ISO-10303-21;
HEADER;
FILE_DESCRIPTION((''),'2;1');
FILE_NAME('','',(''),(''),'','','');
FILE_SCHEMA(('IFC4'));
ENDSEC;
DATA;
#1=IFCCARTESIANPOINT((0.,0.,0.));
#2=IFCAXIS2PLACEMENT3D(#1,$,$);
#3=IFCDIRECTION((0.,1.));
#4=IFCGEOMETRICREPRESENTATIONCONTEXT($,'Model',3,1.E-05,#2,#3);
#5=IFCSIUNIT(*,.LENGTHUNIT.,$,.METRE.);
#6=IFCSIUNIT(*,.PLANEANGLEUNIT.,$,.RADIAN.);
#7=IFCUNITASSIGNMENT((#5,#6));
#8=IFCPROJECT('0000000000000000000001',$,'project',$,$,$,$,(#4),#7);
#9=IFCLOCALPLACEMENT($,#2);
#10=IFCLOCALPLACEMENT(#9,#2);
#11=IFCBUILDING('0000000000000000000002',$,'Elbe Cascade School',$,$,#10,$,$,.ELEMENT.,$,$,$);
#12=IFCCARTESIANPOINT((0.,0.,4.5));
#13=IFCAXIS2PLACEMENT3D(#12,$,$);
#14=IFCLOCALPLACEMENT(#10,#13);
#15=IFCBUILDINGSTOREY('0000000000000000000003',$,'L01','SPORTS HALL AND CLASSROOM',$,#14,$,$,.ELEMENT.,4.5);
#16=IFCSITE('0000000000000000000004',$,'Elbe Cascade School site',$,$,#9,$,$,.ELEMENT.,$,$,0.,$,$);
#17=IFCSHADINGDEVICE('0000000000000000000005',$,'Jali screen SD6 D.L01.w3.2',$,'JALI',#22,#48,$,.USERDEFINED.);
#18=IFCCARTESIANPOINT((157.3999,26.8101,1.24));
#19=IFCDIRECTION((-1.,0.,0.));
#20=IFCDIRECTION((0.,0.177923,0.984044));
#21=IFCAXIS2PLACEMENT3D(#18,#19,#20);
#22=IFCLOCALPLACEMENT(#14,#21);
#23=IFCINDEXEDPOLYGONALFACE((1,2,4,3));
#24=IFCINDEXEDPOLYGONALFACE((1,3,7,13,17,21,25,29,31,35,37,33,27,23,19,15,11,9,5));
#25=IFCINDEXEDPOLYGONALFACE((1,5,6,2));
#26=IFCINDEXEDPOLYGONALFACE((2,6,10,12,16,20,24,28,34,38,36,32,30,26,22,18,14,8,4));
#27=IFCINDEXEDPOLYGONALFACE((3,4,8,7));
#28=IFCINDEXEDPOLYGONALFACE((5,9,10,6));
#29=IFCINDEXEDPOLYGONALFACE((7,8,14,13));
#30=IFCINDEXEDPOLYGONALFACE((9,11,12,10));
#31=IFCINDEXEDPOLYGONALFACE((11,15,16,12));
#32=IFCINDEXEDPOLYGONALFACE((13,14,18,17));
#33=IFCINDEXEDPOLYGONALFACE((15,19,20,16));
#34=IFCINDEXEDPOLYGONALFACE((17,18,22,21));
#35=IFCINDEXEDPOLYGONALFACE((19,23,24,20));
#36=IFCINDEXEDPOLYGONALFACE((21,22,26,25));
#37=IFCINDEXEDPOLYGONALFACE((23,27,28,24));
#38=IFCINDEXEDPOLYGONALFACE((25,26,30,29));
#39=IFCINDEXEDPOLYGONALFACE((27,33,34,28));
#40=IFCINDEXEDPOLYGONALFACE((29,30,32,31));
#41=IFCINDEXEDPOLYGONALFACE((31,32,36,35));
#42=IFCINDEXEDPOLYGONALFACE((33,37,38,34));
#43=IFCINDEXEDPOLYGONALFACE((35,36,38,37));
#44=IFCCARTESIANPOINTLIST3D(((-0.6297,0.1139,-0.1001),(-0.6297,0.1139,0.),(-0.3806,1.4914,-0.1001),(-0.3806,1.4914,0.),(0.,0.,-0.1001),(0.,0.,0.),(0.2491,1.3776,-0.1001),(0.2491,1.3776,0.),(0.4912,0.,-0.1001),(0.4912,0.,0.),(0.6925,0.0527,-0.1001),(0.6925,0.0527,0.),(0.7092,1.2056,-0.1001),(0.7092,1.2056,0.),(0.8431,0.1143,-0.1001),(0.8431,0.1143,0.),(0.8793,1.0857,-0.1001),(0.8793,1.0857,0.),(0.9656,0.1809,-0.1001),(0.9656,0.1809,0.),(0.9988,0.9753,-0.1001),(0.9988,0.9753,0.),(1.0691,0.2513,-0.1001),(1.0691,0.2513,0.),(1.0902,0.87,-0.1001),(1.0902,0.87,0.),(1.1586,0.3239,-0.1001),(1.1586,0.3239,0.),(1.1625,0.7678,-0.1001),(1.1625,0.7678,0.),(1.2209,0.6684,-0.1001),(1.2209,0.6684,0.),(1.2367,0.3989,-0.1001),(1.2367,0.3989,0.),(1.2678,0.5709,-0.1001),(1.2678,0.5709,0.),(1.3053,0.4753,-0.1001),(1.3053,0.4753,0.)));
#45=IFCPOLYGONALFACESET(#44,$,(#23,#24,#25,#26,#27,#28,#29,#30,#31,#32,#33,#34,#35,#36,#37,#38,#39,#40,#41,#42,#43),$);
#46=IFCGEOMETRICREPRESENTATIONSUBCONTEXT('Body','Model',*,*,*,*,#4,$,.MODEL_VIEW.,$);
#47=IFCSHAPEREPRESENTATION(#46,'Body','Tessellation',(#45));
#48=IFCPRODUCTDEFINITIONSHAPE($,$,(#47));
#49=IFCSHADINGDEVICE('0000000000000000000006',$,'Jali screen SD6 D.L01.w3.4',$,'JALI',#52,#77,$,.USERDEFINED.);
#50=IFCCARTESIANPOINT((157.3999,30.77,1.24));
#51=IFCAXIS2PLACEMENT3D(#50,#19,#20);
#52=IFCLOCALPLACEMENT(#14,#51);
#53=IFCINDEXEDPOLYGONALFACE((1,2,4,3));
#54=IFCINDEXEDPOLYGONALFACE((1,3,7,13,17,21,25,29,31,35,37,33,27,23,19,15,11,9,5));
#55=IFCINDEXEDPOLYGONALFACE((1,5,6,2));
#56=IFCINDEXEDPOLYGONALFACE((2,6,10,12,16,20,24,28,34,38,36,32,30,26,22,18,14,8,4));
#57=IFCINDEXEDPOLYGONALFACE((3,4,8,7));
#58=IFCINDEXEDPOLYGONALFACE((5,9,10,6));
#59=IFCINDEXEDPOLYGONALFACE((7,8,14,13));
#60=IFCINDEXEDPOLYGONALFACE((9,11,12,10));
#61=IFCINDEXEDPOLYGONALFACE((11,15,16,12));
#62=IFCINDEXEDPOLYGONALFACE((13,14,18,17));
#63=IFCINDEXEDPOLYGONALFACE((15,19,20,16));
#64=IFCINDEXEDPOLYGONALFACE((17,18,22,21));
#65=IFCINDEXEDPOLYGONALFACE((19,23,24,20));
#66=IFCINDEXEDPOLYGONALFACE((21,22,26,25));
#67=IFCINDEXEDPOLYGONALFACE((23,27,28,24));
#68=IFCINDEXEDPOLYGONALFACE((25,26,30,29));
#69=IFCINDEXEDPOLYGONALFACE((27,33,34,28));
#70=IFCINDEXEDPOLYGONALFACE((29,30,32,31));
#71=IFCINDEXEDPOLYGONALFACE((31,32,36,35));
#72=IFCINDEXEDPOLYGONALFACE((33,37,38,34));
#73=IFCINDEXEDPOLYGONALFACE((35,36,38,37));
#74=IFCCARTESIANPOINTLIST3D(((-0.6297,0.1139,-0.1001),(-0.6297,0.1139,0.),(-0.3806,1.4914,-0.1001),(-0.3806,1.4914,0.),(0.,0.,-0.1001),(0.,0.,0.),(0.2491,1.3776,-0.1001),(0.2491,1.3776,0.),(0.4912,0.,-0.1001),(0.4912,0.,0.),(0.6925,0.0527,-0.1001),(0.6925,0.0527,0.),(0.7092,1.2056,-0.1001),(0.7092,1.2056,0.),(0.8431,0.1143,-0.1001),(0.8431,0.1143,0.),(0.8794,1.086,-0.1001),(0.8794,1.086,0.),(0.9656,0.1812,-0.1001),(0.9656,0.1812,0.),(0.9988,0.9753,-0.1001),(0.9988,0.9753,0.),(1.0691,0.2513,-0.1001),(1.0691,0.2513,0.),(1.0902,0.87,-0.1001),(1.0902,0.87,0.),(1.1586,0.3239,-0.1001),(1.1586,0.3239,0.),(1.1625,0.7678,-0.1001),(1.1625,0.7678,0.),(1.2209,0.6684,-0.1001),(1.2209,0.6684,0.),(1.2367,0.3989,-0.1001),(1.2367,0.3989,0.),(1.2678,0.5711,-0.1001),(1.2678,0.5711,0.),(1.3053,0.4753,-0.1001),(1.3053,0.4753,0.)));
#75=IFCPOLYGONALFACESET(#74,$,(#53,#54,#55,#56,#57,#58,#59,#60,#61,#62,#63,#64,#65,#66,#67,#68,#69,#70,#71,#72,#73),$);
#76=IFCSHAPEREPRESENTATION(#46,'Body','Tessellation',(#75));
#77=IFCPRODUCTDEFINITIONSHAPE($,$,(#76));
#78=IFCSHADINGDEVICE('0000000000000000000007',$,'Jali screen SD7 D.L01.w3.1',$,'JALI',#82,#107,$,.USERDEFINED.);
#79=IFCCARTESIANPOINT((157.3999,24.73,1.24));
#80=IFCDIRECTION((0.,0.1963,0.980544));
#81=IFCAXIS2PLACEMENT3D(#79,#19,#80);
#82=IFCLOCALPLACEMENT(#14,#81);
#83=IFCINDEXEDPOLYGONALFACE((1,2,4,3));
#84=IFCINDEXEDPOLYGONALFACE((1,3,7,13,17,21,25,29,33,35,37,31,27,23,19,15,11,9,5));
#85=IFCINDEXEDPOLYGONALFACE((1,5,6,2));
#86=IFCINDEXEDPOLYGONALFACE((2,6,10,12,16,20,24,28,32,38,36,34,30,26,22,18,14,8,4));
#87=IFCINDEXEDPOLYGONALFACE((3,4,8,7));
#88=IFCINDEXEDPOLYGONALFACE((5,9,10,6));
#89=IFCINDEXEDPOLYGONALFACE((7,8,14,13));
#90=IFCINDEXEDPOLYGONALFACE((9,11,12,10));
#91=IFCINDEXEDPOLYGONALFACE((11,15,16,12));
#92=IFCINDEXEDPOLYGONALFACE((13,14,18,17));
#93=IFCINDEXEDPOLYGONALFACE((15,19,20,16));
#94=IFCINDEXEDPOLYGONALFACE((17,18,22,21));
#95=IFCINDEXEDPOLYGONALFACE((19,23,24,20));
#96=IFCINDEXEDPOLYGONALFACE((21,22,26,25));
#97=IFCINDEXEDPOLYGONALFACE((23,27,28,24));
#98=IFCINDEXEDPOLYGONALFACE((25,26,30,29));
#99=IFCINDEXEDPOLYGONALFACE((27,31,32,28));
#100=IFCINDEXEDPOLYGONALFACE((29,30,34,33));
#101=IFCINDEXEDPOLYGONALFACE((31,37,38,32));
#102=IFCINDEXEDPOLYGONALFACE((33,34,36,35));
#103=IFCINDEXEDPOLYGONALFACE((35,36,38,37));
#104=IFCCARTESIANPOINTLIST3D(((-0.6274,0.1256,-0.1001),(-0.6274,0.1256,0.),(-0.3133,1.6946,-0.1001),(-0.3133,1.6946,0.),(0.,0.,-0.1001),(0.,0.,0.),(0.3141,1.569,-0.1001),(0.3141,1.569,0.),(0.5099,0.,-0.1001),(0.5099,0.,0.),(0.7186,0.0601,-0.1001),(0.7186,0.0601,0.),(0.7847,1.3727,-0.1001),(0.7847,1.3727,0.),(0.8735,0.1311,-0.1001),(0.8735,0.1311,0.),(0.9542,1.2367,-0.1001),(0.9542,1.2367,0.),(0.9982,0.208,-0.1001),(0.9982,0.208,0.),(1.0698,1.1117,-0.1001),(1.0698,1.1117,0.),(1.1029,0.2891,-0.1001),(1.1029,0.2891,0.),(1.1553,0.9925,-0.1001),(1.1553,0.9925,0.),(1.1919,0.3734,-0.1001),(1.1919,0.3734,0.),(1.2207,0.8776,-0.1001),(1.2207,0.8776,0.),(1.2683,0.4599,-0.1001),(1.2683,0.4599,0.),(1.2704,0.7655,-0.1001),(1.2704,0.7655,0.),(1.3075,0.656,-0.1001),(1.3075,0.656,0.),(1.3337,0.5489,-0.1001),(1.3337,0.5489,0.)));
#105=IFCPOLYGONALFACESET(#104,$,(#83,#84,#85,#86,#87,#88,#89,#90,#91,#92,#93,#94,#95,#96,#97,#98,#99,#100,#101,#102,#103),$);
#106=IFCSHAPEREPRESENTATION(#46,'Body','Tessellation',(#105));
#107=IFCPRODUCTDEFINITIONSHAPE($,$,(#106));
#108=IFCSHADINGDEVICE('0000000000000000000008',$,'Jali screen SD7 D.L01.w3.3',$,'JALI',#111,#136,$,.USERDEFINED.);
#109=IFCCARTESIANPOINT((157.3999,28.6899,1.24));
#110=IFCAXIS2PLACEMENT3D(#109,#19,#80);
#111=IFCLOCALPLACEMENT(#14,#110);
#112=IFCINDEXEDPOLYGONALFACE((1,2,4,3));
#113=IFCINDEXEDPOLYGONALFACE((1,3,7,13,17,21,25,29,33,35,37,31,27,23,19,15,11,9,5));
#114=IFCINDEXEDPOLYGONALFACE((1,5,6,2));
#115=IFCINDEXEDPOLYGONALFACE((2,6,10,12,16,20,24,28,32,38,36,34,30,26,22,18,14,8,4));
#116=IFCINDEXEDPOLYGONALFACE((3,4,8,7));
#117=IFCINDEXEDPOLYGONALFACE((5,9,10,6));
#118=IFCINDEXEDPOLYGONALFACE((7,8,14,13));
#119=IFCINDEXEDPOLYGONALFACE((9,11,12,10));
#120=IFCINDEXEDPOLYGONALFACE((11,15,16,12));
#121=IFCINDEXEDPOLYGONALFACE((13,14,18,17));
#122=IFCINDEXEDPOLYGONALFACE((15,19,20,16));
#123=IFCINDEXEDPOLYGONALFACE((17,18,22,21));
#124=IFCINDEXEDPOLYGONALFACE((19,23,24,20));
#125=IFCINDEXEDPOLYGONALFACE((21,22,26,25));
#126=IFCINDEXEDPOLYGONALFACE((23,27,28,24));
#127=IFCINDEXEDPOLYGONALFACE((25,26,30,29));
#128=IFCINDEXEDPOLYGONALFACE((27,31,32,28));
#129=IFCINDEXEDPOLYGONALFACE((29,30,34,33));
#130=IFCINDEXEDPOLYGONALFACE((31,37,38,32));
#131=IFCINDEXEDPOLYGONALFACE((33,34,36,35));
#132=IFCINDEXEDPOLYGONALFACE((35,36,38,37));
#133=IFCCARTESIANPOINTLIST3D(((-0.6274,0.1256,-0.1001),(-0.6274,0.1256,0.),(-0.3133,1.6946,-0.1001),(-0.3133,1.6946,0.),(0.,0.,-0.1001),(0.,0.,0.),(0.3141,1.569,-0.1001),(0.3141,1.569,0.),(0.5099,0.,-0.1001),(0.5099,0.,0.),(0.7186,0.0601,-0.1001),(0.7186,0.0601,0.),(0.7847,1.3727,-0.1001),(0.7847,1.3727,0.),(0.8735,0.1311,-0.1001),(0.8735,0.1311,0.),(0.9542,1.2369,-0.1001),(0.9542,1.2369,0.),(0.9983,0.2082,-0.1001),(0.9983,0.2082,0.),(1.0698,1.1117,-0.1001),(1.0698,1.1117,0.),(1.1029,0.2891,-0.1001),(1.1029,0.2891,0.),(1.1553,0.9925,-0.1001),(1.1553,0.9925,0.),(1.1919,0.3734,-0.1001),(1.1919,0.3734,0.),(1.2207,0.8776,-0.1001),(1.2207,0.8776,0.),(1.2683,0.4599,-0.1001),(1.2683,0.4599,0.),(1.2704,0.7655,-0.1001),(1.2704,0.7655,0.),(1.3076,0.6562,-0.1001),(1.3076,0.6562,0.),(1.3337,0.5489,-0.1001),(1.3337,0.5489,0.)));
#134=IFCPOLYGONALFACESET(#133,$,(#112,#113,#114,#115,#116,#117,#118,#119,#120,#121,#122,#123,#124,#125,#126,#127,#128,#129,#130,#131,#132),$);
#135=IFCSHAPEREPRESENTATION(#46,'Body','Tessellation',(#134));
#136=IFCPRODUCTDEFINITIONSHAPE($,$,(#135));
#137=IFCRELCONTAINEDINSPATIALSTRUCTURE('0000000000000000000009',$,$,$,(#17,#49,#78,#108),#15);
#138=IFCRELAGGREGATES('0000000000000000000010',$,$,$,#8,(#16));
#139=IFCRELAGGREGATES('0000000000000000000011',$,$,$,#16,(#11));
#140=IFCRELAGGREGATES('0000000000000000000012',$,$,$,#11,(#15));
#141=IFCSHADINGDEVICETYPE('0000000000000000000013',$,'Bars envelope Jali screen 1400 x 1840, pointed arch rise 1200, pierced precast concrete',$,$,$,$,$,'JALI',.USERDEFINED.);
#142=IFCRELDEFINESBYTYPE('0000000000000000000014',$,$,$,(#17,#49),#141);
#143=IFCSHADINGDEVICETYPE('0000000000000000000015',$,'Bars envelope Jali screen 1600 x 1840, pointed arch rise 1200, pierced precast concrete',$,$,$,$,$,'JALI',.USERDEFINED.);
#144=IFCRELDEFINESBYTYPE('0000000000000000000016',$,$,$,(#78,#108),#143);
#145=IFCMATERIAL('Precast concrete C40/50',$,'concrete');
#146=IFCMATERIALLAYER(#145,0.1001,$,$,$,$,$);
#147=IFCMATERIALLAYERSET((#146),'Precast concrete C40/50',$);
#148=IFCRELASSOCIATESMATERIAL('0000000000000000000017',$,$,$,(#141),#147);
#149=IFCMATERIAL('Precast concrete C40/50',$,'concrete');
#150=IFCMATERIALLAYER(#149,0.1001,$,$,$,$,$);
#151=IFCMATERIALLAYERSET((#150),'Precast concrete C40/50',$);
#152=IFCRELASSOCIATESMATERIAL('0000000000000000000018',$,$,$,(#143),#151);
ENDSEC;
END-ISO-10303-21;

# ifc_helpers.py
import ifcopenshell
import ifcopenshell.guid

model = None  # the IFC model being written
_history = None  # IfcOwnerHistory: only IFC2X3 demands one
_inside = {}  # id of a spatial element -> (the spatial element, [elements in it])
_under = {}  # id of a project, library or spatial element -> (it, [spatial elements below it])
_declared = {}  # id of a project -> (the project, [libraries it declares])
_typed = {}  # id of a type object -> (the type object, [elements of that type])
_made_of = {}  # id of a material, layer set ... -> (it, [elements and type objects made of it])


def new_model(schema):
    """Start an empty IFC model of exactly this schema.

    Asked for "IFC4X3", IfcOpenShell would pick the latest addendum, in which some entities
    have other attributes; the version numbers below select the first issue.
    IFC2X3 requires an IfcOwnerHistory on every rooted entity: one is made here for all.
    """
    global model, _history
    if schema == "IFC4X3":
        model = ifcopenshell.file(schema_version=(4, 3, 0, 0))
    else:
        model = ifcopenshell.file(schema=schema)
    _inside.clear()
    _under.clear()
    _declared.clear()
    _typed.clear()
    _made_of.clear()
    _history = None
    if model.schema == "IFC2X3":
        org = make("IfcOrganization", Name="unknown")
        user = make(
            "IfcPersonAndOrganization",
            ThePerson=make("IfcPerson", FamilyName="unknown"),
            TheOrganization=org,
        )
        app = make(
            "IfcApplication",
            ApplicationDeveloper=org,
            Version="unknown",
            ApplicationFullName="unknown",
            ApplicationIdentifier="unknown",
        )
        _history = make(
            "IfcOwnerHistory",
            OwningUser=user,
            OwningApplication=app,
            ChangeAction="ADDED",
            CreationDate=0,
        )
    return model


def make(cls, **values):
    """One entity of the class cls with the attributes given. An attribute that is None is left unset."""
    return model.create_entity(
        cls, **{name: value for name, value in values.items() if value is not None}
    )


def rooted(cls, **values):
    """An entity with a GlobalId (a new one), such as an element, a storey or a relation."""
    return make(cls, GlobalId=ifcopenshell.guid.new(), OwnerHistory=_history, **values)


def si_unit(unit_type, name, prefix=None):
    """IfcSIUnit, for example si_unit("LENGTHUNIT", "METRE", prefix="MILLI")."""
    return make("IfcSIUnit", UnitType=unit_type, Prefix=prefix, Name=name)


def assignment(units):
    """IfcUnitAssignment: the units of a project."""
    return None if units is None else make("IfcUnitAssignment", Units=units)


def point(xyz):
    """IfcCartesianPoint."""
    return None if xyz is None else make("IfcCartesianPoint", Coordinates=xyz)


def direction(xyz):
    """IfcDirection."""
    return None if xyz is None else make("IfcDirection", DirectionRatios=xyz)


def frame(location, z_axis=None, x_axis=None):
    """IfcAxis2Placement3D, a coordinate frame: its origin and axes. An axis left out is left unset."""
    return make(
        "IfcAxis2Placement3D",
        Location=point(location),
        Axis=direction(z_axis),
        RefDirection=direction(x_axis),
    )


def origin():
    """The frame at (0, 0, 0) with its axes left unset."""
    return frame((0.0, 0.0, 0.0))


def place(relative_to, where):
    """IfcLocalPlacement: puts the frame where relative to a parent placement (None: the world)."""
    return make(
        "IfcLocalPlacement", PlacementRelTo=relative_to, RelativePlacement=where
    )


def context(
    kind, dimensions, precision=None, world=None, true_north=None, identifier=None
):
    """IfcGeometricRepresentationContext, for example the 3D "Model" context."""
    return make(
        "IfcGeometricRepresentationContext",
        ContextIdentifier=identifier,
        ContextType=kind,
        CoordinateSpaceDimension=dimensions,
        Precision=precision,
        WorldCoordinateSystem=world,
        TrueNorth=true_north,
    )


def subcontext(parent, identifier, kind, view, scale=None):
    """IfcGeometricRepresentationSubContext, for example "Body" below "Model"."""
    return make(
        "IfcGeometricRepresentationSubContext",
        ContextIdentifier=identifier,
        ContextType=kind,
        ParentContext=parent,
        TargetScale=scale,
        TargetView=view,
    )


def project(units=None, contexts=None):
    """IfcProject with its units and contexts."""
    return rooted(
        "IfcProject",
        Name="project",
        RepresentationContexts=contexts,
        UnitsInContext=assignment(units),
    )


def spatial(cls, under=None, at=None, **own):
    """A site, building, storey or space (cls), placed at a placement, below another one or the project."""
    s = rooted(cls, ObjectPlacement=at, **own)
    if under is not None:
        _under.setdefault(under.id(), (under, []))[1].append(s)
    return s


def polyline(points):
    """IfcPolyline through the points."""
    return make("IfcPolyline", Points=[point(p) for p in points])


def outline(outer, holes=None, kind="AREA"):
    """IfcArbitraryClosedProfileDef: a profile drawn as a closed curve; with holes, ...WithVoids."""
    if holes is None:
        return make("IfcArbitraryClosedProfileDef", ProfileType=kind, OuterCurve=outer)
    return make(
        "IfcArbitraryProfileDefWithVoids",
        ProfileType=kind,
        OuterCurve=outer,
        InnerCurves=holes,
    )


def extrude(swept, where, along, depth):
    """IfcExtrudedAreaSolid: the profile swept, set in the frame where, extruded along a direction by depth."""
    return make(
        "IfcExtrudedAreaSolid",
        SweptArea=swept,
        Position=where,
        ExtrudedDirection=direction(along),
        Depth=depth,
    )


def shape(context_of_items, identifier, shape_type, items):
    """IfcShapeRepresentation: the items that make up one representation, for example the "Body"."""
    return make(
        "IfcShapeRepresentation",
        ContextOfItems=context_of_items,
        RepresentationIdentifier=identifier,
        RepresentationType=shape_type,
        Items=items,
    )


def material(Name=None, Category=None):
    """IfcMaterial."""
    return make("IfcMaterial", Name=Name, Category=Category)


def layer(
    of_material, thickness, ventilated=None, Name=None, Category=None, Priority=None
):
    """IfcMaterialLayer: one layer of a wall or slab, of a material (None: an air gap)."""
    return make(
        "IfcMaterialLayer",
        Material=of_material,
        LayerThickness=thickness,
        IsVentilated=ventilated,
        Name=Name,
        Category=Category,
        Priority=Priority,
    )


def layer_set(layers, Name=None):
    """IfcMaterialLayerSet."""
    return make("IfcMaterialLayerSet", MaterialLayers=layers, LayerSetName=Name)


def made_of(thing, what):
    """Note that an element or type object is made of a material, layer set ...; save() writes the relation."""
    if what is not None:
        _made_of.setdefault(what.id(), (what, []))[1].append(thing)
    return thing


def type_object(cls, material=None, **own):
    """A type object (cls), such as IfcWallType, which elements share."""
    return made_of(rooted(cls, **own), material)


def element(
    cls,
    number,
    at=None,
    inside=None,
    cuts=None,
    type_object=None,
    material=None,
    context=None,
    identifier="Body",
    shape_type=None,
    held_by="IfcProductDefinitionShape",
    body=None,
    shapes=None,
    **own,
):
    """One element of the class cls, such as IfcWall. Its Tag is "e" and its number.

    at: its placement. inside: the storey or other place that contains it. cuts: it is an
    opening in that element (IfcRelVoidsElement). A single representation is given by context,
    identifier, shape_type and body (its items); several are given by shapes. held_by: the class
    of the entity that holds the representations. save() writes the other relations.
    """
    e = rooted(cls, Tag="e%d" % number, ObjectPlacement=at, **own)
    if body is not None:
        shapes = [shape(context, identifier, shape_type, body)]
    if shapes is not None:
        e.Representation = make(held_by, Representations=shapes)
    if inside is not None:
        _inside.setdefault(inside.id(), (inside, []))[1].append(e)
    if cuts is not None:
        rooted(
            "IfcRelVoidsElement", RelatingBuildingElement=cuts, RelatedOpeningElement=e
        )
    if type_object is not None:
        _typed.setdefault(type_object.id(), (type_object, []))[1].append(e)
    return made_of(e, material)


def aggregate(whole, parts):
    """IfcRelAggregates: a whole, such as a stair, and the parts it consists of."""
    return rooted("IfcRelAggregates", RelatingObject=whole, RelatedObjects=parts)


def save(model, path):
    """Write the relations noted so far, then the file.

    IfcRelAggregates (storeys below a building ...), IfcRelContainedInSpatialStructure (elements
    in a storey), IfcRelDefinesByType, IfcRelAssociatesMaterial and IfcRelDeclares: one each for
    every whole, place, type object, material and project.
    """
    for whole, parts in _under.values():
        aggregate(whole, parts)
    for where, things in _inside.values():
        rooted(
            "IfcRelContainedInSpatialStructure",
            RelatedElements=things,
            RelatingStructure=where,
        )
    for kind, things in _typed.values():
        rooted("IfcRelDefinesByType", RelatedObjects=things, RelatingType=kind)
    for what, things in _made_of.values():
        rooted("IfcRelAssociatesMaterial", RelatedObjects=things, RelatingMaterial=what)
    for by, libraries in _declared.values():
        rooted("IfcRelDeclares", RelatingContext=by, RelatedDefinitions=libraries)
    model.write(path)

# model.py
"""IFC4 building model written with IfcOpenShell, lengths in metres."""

from ifc_helpers import new_model, si_unit, direction, frame, origin, place, context, subcontext, project, spatial, polyline, outline, extrude, material, layer, layer_set, type_object, element, save


model = new_model("IFC4")

# Units and contexts
model_context = context("Model", 3, precision=1e-05, world=origin(), true_north=direction((0.0, 1.0)))
body_context = subcontext(model_context, "Body", "Model", "MODEL_VIEW")
ifc_project = project(units=[si_unit("LENGTHUNIT", "METRE"), si_unit("PLANEANGLEUNIT", "RADIAN")], contexts=[model_context])

# Site, building, storey
site_placement = place(None, origin())
site = spatial("IfcSite", under=ifc_project, at=site_placement, Name="Elbe Cascade School site", CompositionType="ELEMENT", RefElevation=0.0)
building_placement = place(site_placement, origin())
building = spatial("IfcBuilding", under=site, at=building_placement, Name="Elbe Cascade School", CompositionType="ELEMENT")
storey_placement = place(building_placement, frame((0.0, 0.0, 4.5)))
storey = spatial("IfcBuildingStorey", under=building, at=storey_placement, Name="L01", Description="SPORTS HALL AND CLASSROOM", CompositionType="ELEMENT", Elevation=4.5)

# Shading devices
ifc_material_1 = material(Name="Precast concrete C40/50", Category="concrete")
ifc_layer_1 = layer(ifc_material_1, 0.1001)
ifc_layer_set_1 = layer_set([ifc_layer_1], Name="Precast concrete C40/50")
shading_device_type_1 = type_object("IfcShadingDeviceType", Name="Bars envelope Jali screen 1400 x 1840, pointed arch rise 1200, pierced precast concrete", ElementType="JALI", PredefinedType="USERDEFINED", material=ifc_layer_set_1)
shading_device_1_placement = place(storey_placement, frame((157.3999, 26.8101, 1.24), z_axis=(-1.0, 0.0, 0.0), x_axis=(0.0, 0.177923, 0.984044)))
element("IfcShadingDevice", 1, at=shading_device_1_placement, inside=storey, type_object=shading_device_type_1, Name="Jali screen SD6 D.L01.w3.2", ObjectType="JALI", PredefinedType="USERDEFINED", context=body_context, shape_type="SweptSolid", body=[
    extrude(outline(polyline([(0.0, 0.0), (0.4912, 0.0), (0.6925, 0.0527), (0.8431, 0.1143), (0.9656, 0.1809), (1.0691, 0.2513), (1.1586, 0.3239), (1.2367, 0.3989), (1.3053, 0.4753), (1.2678, 0.5709), (1.2209, 0.6684), (1.1625, 0.7678), (1.0902, 0.87), (0.9988, 0.9753), (0.8793, 1.0857), (0.7092, 1.2056), (0.2491, 1.3776), (-0.3806, 1.4914), (-0.6297, 0.1139), (0.0, 0.0)])), origin(), (0.0, 0.0, -1.0), 0.1001),
])
shading_device_2_placement = place(storey_placement, frame((157.3999, 30.77, 1.24), z_axis=(-1.0, 0.0, 0.0), x_axis=(0.0, 0.177923, 0.984044)))
element("IfcShadingDevice", 2, at=shading_device_2_placement, inside=storey, type_object=shading_device_type_1, Name="Jali screen SD6 D.L01.w3.4", ObjectType="JALI", PredefinedType="USERDEFINED", context=body_context, shape_type="SweptSolid", body=[
    extrude(outline(polyline([(0.0, 0.0), (0.4912, 0.0), (0.6925, 0.0527), (0.8431, 0.1143), (0.9656, 0.1812), (1.0691, 0.2513), (1.1586, 0.3239), (1.2367, 0.3989), (1.3053, 0.4753), (1.2678, 0.5711), (1.2209, 0.6684), (1.1625, 0.7678), (1.0902, 0.87), (0.9988, 0.9753), (0.8794, 1.086), (0.7092, 1.2056), (0.2491, 1.3776), (-0.3806, 1.4914), (-0.6297, 0.1139), (0.0, 0.0)])), origin(), (0.0, 0.0, -1.0), 0.1001),
])
ifc_material_2 = material(Name="Precast concrete C40/50", Category="concrete")
ifc_layer_2 = layer(ifc_material_2, 0.1001)
ifc_layer_set_2 = layer_set([ifc_layer_2], Name="Precast concrete C40/50")
shading_device_type_2 = type_object("IfcShadingDeviceType", Name="Bars envelope Jali screen 1600 x 1840, pointed arch rise 1200, pierced precast concrete", ElementType="JALI", PredefinedType="USERDEFINED", material=ifc_layer_set_2)
shading_device_3_placement = place(storey_placement, frame((157.3999, 24.73, 1.24), z_axis=(-1.0, 0.0, 0.0), x_axis=(0.0, 0.1963, 0.980544)))
element("IfcShadingDevice", 3, at=shading_device_3_placement, inside=storey, type_object=shading_device_type_2, Name="Jali screen SD7 D.L01.w3.1", ObjectType="JALI", PredefinedType="USERDEFINED", context=body_context, shape_type="SweptSolid", body=[
    extrude(outline(polyline([(0.0, 0.0), (0.5099, 0.0), (0.7186, 0.0601), (0.8735, 0.1311), (0.9982, 0.208), (1.1029, 0.2891), (1.1919, 0.3734), (1.2683, 0.4599), (1.3337, 0.5489), (1.3075, 0.656), (1.2704, 0.7655), (1.2207, 0.8776), (1.1553, 0.9925), (1.0698, 1.1117), (0.9542, 1.2367), (0.7847, 1.3727), (0.3141, 1.569), (-0.3133, 1.6946), (-0.6274, 0.1256), (0.0, 0.0)])), origin(), (0.0, 0.0, -1.0), 0.1001),
])
shading_device_4_placement = place(storey_placement, frame((157.3999, 28.6899, 1.24), z_axis=(-1.0, 0.0, 0.0), x_axis=(0.0, 0.1963, 0.980544)))
element("IfcShadingDevice", 4, at=shading_device_4_placement, inside=storey, type_object=shading_device_type_2, Name="Jali screen SD7 D.L01.w3.3", ObjectType="JALI", PredefinedType="USERDEFINED", context=body_context, shape_type="SweptSolid", body=[
    extrude(outline(polyline([(0.0, 0.0), (0.5099, 0.0), (0.7186, 0.0601), (0.8735, 0.1311), (0.9983, 0.2082), (1.1029, 0.2891), (1.1919, 0.3734), (1.2683, 0.4599), (1.3337, 0.5489), (1.3076, 0.6562), (1.2704, 0.7655), (1.2207, 0.8776), (1.1553, 0.9925), (1.0698, 1.1117), (0.9542, 1.2369), (0.7847, 1.3727), (0.3141, 1.569), (-0.3133, 1.6946), (-0.6274, 0.1256), (0.0, 0.0)])), origin(), (0.0, 0.0, -1.0), 0.1001),
])

save(model, "model.ifc")
